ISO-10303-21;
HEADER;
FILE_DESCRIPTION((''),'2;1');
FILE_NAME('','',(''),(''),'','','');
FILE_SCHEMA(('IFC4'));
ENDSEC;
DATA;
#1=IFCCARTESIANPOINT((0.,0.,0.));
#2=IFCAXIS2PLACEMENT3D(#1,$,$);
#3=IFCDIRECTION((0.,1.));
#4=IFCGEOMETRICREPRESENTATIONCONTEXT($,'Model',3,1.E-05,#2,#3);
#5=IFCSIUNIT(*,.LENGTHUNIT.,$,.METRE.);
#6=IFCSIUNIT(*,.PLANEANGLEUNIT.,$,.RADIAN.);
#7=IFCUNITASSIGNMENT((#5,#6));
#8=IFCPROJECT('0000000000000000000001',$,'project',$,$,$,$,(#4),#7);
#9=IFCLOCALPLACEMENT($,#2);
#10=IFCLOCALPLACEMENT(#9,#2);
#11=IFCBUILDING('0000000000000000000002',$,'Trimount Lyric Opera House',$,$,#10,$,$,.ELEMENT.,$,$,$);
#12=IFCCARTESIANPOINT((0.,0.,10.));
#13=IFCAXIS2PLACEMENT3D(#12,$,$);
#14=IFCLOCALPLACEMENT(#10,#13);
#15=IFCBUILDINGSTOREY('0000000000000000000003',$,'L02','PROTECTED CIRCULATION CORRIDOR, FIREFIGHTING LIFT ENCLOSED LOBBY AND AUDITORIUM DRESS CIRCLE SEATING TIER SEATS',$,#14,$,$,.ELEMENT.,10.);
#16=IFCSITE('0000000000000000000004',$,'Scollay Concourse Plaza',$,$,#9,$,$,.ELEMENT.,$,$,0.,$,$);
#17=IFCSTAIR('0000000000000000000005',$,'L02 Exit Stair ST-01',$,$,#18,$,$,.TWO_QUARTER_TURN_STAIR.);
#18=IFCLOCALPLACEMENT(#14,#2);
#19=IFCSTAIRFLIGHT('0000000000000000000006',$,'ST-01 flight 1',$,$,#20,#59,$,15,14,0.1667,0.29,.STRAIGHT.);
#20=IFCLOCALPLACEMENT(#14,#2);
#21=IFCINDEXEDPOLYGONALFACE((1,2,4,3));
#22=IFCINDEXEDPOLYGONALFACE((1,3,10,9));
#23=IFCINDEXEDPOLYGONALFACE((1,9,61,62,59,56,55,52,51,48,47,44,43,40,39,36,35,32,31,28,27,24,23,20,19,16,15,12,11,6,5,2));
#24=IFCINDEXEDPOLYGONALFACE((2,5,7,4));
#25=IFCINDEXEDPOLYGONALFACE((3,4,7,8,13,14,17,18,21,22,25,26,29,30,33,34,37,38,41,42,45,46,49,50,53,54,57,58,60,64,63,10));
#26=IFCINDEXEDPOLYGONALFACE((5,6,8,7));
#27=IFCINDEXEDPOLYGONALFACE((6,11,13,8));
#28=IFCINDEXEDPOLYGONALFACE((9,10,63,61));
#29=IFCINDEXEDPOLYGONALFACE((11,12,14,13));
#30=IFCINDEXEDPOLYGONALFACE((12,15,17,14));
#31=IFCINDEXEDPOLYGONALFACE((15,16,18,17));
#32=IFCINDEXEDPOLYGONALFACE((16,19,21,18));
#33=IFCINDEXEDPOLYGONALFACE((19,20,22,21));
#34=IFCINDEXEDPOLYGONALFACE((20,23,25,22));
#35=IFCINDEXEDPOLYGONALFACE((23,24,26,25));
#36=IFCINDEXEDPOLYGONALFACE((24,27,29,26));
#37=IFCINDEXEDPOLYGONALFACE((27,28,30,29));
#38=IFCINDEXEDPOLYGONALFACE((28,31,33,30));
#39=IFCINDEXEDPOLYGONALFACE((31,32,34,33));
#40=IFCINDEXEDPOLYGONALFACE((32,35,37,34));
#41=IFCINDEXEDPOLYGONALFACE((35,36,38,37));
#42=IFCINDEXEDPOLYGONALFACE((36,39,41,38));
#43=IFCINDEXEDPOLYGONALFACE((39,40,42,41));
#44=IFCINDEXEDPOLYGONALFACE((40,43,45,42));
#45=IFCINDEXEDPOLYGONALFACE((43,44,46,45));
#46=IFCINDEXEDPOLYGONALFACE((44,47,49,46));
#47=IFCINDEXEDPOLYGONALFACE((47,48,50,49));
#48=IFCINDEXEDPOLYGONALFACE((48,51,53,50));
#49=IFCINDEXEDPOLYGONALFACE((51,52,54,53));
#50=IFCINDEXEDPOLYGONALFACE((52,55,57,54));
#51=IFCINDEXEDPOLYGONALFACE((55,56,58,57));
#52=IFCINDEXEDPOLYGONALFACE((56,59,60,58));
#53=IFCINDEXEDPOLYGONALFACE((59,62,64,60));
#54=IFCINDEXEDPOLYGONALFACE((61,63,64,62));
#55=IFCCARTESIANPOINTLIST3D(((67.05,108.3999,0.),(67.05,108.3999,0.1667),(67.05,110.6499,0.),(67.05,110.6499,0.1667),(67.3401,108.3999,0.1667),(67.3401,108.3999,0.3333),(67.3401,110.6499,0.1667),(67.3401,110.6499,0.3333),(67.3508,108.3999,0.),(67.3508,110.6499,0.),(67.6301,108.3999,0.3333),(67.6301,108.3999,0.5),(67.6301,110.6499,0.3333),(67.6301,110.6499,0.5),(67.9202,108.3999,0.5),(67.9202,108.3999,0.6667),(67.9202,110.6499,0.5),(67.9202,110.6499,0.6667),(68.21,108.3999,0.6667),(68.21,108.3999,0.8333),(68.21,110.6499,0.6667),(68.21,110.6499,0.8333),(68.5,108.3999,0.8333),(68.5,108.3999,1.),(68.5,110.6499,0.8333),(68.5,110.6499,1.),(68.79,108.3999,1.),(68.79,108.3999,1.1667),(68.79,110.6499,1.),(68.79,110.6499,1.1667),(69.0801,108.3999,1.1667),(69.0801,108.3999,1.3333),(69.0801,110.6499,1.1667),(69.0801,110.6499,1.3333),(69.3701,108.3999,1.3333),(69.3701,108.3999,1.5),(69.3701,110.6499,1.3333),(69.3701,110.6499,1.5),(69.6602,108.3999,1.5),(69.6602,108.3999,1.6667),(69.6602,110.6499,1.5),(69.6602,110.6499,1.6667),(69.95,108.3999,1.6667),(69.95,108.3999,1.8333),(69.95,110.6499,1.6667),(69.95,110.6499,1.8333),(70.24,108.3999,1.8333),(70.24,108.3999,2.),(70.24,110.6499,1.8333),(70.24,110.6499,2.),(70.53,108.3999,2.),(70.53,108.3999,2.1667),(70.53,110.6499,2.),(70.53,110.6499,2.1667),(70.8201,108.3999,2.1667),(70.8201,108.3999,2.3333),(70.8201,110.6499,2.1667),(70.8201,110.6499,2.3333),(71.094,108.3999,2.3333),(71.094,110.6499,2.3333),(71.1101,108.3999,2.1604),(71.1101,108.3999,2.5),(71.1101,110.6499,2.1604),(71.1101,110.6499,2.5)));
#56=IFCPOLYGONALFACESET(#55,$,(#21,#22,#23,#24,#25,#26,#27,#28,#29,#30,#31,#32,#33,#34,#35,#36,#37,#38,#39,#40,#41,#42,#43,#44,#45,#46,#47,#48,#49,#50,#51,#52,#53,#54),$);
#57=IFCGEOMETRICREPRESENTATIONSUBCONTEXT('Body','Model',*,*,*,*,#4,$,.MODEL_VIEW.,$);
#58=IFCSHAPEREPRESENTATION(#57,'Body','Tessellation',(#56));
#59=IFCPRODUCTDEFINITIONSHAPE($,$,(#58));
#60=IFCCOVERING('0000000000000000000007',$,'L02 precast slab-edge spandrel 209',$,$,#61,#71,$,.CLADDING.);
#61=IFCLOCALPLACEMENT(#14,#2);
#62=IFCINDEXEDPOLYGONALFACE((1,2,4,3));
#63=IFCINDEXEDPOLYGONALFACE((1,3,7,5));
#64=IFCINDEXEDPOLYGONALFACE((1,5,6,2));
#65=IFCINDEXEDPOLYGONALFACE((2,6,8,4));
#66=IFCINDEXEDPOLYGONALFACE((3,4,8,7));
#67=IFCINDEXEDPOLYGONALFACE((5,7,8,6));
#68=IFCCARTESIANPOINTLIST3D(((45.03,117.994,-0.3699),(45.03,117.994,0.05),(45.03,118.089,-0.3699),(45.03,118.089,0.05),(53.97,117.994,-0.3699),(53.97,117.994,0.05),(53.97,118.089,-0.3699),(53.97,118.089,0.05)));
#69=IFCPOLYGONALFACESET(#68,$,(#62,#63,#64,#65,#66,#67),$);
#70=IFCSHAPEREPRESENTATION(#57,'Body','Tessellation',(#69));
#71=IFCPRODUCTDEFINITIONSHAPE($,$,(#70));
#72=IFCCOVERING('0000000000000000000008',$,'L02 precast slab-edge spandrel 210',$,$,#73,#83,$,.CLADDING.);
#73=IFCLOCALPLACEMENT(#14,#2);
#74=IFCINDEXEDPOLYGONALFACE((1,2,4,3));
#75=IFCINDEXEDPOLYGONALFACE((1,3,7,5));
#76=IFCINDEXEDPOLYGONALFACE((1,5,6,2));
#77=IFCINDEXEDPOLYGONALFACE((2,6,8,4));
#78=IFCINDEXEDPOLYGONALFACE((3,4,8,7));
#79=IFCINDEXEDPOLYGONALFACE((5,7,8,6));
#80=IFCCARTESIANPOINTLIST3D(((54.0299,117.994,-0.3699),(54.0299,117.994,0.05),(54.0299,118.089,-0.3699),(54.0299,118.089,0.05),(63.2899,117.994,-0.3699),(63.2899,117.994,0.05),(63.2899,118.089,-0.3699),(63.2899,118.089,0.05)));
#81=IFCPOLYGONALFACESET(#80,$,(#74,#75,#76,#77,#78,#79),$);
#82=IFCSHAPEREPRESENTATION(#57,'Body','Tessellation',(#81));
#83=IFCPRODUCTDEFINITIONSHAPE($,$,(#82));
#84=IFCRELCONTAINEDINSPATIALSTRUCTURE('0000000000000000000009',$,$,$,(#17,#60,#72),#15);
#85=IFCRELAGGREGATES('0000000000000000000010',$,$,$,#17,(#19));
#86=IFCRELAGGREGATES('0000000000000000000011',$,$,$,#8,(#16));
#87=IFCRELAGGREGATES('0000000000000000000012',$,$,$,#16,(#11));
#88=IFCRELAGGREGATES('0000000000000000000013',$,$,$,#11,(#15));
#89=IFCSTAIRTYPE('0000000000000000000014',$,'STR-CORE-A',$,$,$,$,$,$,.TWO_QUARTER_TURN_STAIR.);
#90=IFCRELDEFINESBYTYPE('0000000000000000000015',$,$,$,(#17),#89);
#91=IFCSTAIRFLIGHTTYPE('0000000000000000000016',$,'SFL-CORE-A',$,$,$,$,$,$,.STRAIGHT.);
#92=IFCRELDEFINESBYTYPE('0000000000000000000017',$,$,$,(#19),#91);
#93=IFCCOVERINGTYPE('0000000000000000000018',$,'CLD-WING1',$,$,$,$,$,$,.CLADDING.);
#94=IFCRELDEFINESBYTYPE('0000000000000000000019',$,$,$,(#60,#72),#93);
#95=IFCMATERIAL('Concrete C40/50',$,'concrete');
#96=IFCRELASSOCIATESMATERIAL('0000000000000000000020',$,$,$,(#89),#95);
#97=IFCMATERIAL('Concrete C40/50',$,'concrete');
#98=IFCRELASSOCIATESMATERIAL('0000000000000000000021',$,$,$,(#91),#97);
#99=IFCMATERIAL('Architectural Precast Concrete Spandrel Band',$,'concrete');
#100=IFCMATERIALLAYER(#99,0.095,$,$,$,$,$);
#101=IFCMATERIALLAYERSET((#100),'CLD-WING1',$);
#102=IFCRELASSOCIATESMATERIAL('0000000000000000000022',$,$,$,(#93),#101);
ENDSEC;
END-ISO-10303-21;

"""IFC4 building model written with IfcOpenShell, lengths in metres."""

from ifc_helpers import new_model, si_unit, direction, frame, origin, origin_2d, place, context, subcontext, project, spatial, polyline, rectangle, outline, extrude, material, layer, layer_set, type_object, element, aggregate, save


model = new_model("IFC4")

# Units and contexts
model_context = context("Model", 3, precision=1e-05, world=origin(), true_north=direction((0.0, 1.0)))
body_context = subcontext(model_context, "Body", "Model", "MODEL_VIEW")
ifc_project = project(units=[si_unit("LENGTHUNIT", "METRE"), si_unit("PLANEANGLEUNIT", "RADIAN")], contexts=[model_context])

# Site, building, storey
site_placement = place(None, origin())
site = spatial("IfcSite", under=ifc_project, at=site_placement, Name="Scollay Concourse Plaza", CompositionType="ELEMENT", RefElevation=0.0)
building_placement = place(site_placement, origin())
building = spatial("IfcBuilding", under=site, at=building_placement, Name="Trimount Lyric Opera House", CompositionType="ELEMENT")
storey_placement = place(building_placement, frame((0.0, 0.0, 10.0)))
storey = spatial("IfcBuildingStorey", under=building, at=storey_placement, Name="L02", Description="PROTECTED CIRCULATION CORRIDOR, FIREFIGHTING LIFT ENCLOSED LOBBY AND AUDITORIUM DRESS CIRCLE SEATING TIER SEATS", CompositionType="ELEMENT", Elevation=10.0)

# Stair, stair flight
ifc_material_1 = material(Name="Concrete C40/50", Category="concrete")
stair_type = type_object("IfcStairType", Name="STR-CORE-A", PredefinedType="TWO_QUARTER_TURN_STAIR", material=ifc_material_1)
stair_placement = place(storey_placement, origin())
stair = element("IfcStair", 1, at=stair_placement, inside=storey, type_object=stair_type, Name="L02 Exit Stair ST-01", PredefinedType="TWO_QUARTER_TURN_STAIR")
ifc_material_2 = material(Name="Concrete C40/50", Category="concrete")
stair_flight_type = type_object("IfcStairFlightType", Name="SFL-CORE-A", PredefinedType="STRAIGHT", material=ifc_material_2)
stair_flight_placement = place(storey_placement, frame((67.05, 109.5249, 0.0), z_axis=(0.0, 0.0, 1.0), x_axis=(1.0, 0.0, 0.0)))
stair_flight = element("IfcStairFlight", 2, at=stair_flight_placement, type_object=stair_flight_type, Name="ST-01 flight 1", NumberOfRisers=15, NumberOfTreads=14, PredefinedType="STRAIGHT", RiserHeight=0.1667, TreadLength=0.29, context=body_context, shape_type="SweptSolid", body=[
    extrude(outline(polyline([(0.0, 0.0), (0.0, 0.1667), (0.29, 0.1667), (0.29, 0.3333), (0.5801, 0.3333), (0.5801, 0.5), (0.8701, 0.5), (0.8701, 0.6667), (1.1599, 0.6667), (1.1599, 0.8333), (1.45, 0.8333), (1.45, 1.0), (1.74, 1.0), (1.74, 1.1667), (2.03, 1.1667), (2.03, 1.3333), (2.3201, 1.3333), (2.3201, 1.5), (2.6101, 1.5), (2.6101, 1.6667), (2.8999, 1.6667), (2.8999, 1.8333), (3.1899, 1.8333), (3.1899, 2.0), (3.48, 2.0), (3.48, 2.1667), (3.77, 2.1667), (3.77, 2.3333), (4.0439, 2.3333), (4.0601, 2.5), (4.0601, 2.1604), (0.3008, 0.0), (0.0, 0.0)])), frame((0.0, 1.125, 0.0), z_axis=(0.0, -1.0, 0.0), x_axis=(1.0, 0.0, 0.0)), (0.0, 0.0, 1.0), 2.25),
])
aggregate(stair, [stair_flight])

# Coverings
ifc_material_3 = material(Name="Architectural Precast Concrete Spandrel Band", Category="concrete")
ifc_layer_1 = layer(ifc_material_3, 0.095)
ifc_layer_set_1 = layer_set([ifc_layer_1], Name="CLD-WING1")
covering_type = type_object("IfcCoveringType", Name="CLD-WING1", PredefinedType="CLADDING", material=ifc_layer_set_1)
covering_1_placement = place(storey_placement, frame((49.5, 118.0415, -0.3699), z_axis=(0.0, 0.0, 1.0), x_axis=(1.0, 0.0, 0.0)))
element("IfcCovering", 3, at=covering_1_placement, inside=storey, type_object=covering_type, Name="L02 precast slab-edge spandrel 209", PredefinedType="CLADDING", context=body_context, shape_type="SweptSolid", body=[
    extrude(rectangle(XDim=8.9399, YDim=0.095, at=origin_2d()), origin(), (0.0, 0.0, 1.0), 0.4199),
])
covering_2_placement = place(storey_placement, frame((58.6599, 118.0415, -0.3699), z_axis=(0.0, 0.0, 1.0), x_axis=(1.0, 0.0, 0.0)))
element("IfcCovering", 4, at=covering_2_placement, inside=storey, type_object=covering_type, Name="L02 precast slab-edge spandrel 210", PredefinedType="CLADDING", context=body_context, shape_type="SweptSolid", body=[
    extrude(rectangle(XDim=9.26, YDim=0.095, at=origin_2d()), origin(), (0.0, 0.0, 1.0), 0.4199),
])

save(model, "model.ifc")
